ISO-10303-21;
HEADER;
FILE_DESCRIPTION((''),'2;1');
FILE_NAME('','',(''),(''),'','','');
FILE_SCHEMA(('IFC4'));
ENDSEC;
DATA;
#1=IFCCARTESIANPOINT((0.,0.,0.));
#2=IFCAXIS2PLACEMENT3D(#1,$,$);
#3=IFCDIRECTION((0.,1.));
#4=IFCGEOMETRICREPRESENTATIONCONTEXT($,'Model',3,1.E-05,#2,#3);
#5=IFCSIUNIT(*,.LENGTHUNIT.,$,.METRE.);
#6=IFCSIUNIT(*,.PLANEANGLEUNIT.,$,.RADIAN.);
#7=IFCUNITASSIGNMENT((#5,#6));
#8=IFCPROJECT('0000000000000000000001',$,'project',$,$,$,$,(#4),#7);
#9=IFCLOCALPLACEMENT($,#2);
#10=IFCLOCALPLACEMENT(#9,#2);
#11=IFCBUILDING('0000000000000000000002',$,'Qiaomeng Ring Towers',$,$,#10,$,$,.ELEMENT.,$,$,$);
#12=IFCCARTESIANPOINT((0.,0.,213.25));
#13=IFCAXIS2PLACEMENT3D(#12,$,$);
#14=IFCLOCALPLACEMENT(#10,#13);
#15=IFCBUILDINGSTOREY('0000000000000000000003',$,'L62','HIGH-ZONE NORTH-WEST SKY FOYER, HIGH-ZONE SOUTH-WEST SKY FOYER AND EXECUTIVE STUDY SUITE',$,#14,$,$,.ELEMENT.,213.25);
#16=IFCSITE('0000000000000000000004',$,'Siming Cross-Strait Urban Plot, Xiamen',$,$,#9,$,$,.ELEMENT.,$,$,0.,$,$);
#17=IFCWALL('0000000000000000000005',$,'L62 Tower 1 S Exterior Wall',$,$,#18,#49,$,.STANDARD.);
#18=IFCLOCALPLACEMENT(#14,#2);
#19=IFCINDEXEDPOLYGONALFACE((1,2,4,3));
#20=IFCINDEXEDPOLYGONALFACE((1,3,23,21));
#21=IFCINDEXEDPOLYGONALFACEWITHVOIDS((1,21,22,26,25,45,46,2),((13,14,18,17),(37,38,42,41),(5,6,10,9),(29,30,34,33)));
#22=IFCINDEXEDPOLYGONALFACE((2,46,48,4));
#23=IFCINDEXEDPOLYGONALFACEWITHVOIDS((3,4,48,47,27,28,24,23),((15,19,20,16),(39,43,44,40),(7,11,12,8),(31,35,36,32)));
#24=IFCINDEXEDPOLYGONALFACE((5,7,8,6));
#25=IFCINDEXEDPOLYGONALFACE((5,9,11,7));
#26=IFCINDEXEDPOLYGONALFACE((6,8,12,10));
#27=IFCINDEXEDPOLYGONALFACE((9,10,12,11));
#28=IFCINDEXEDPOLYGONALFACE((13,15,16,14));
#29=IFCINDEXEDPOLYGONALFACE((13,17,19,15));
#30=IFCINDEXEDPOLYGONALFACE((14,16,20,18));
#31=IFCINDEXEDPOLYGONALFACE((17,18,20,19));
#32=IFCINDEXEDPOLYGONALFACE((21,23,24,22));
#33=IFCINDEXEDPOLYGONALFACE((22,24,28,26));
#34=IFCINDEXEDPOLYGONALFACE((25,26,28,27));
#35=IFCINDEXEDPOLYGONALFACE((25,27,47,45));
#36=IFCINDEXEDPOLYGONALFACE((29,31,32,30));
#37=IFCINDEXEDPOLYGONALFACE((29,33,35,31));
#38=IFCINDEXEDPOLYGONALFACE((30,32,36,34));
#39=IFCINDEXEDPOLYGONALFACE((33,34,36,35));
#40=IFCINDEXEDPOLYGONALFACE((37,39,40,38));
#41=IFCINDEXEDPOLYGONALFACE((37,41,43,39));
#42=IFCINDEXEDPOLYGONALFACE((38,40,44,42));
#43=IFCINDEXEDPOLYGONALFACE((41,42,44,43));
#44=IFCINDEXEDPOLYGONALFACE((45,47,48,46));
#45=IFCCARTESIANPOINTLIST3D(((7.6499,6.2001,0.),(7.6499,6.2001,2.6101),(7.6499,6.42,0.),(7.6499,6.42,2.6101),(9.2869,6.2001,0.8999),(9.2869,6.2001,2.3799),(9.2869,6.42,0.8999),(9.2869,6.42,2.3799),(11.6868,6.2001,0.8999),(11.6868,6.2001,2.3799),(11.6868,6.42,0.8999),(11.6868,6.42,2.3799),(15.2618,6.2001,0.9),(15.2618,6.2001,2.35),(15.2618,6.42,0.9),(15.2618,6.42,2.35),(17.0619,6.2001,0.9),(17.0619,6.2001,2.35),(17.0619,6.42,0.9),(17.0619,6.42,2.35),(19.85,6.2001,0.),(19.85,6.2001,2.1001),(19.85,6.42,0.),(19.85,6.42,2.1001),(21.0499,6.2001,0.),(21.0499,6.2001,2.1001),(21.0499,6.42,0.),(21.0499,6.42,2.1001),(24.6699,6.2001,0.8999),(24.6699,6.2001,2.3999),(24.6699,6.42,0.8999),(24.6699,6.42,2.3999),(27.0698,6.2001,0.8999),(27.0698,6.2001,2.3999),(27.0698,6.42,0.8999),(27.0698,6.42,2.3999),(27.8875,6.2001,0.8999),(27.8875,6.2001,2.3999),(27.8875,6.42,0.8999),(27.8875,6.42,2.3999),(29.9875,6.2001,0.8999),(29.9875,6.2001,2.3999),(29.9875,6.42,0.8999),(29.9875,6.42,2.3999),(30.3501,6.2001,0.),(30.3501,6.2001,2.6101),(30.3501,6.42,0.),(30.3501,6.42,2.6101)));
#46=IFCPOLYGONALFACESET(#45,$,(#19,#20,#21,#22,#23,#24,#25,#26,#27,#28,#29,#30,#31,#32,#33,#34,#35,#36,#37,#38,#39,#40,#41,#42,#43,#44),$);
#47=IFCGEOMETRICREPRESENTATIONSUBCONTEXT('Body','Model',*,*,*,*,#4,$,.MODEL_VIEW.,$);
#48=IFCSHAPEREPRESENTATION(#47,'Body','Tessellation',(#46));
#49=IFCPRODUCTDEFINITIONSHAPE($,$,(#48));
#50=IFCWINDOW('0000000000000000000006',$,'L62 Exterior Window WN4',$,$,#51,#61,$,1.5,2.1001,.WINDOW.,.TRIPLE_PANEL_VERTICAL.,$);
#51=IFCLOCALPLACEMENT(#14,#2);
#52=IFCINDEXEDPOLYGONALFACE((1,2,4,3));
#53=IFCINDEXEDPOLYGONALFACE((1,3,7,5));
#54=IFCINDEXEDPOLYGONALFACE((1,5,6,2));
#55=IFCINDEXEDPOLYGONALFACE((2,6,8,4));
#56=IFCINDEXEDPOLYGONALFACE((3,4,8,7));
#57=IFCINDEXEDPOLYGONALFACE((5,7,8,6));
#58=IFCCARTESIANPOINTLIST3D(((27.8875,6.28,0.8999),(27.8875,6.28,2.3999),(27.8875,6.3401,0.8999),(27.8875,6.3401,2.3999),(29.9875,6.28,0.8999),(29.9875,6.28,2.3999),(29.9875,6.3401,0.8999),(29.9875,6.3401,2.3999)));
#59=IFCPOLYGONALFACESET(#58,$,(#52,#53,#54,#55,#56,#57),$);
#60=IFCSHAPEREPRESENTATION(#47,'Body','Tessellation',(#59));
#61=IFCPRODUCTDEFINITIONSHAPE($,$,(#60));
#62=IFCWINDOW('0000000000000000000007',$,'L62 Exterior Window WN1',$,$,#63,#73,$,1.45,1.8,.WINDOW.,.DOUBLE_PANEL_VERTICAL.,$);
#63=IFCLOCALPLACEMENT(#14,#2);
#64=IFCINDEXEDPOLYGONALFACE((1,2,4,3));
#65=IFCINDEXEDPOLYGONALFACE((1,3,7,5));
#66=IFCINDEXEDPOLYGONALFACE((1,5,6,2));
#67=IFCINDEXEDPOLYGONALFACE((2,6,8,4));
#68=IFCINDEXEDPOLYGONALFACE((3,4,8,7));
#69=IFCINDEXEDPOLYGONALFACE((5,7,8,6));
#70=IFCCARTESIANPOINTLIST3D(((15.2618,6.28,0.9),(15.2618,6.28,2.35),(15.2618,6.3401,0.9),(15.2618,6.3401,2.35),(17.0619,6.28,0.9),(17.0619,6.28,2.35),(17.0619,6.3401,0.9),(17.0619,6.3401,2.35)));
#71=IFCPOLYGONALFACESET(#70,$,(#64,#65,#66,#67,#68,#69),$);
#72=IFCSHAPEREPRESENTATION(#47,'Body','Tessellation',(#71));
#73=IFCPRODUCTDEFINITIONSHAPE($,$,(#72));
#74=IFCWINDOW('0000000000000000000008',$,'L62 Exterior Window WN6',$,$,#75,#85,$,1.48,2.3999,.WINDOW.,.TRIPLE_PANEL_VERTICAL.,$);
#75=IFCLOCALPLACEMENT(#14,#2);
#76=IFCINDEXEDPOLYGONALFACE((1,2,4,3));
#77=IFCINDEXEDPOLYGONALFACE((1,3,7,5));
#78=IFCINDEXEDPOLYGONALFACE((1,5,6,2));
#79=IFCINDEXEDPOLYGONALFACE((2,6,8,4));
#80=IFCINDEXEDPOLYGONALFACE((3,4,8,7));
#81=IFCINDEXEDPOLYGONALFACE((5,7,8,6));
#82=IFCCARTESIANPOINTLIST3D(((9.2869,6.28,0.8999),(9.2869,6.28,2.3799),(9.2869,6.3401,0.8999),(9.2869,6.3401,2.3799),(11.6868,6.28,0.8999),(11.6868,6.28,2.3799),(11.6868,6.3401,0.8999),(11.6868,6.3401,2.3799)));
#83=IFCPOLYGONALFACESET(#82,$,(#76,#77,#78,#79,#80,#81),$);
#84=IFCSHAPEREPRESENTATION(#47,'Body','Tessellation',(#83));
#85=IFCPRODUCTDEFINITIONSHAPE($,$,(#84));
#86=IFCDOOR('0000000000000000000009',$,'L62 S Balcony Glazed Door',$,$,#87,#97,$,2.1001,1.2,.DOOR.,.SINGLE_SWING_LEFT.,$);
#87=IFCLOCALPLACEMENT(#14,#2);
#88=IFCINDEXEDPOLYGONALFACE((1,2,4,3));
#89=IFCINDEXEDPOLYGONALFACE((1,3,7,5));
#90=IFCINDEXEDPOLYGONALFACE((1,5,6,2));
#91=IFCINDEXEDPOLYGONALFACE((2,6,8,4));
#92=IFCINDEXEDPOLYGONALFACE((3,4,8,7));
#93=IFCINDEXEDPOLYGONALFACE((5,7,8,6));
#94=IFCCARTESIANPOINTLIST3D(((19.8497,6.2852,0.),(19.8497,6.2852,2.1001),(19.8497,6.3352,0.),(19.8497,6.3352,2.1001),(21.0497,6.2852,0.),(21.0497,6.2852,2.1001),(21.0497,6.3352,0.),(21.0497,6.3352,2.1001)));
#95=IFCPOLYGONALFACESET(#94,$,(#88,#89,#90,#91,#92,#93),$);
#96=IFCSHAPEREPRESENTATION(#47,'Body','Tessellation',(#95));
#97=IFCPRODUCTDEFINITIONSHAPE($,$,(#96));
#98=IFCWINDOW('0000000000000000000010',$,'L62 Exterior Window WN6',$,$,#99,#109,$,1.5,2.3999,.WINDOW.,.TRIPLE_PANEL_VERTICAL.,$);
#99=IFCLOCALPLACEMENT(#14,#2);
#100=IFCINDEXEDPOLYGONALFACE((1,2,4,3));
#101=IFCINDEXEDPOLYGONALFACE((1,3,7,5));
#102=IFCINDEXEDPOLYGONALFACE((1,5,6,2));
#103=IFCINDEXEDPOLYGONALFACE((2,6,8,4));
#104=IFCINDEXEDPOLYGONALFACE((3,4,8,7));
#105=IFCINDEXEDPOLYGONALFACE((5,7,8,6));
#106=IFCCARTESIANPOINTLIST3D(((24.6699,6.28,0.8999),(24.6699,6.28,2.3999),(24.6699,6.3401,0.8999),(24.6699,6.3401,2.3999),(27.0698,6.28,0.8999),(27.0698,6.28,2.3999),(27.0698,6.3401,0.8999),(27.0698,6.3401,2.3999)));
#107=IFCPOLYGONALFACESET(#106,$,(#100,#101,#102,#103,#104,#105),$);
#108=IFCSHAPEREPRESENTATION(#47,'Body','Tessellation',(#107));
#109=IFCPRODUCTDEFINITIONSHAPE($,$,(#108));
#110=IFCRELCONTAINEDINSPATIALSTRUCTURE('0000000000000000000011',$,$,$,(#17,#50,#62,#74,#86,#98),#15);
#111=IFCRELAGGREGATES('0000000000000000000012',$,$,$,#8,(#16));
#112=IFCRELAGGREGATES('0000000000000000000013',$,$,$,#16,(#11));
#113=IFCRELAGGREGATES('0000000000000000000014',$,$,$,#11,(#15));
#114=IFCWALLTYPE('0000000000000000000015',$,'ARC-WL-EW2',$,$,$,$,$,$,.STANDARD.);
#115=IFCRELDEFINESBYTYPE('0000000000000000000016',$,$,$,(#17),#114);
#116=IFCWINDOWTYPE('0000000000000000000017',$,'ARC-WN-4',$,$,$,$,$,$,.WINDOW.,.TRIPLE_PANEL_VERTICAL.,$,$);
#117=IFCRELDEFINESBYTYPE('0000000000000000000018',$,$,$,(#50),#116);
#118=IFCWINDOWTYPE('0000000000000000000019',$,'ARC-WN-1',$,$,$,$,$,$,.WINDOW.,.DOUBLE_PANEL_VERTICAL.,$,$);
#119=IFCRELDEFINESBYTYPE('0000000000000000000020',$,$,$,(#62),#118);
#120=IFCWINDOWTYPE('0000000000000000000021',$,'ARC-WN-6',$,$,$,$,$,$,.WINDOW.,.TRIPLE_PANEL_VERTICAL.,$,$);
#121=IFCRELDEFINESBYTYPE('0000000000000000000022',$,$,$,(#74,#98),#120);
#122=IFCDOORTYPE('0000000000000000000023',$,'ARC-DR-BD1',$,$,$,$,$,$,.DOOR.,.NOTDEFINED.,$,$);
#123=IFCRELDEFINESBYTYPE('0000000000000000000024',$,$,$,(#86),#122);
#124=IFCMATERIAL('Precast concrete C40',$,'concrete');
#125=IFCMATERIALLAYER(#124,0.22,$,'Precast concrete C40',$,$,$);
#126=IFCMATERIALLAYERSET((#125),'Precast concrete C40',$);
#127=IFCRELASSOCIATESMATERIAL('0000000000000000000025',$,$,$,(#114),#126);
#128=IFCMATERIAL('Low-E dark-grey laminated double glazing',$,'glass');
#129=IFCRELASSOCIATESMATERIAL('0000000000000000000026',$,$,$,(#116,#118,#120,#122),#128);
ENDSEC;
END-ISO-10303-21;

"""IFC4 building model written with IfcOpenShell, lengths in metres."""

from ifc_helpers import new_model, si_unit, direction, frame, frame_2d, origin, place, context, subcontext, project, spatial, rectangle, extrude, source, transform, mapped, material, layer, layer_set, type_object, element, fill, save


model = new_model("IFC4")

# Units and contexts
model_context = context("Model", 3, precision=1e-05, world=origin(), true_north=direction((0.0, 1.0)))
body_context = subcontext(model_context, "Body", "Model", "MODEL_VIEW")
ifc_project = project(units=[si_unit("LENGTHUNIT", "METRE"), si_unit("PLANEANGLEUNIT", "RADIAN")], contexts=[model_context])

# Site, building, storey
site_placement = place(None, origin())
site = spatial("IfcSite", under=ifc_project, at=site_placement, Name="Siming Cross-Strait Urban Plot, Xiamen", CompositionType="ELEMENT", RefElevation=0.0)
building_placement = place(site_placement, origin())
building = spatial("IfcBuilding", under=site, at=building_placement, Name="Qiaomeng Ring Towers", CompositionType="ELEMENT")
storey_placement = place(building_placement, frame((0.0, 0.0, 213.25)))
storey = spatial("IfcBuildingStorey", under=building, at=storey_placement, Name="L62", Description="HIGH-ZONE NORTH-WEST SKY FOYER, HIGH-ZONE SOUTH-WEST SKY FOYER AND EXECUTIVE STUDY SUITE", CompositionType="ELEMENT", Elevation=213.25)

# Shared definitions
ifc_material_1 = material(Name="Low-E dark-grey laminated double glazing", Category="glass")

# Wall, openings, windows, door
ifc_material_2 = material(Name="Precast concrete C40", Category="concrete")
ifc_layer_1 = layer(ifc_material_2, 0.22, Name="Precast concrete C40")
ifc_layer_set_1 = layer_set([ifc_layer_1], Name="Precast concrete C40")
wall_type = type_object("IfcWallType", Name="ARC-WL-EW2", PredefinedType="STANDARD", material=ifc_layer_set_1)
wall_placement = place(storey_placement, frame((7.6499, 6.3101, 0.0), z_axis=(0.0, 0.0, 1.0), x_axis=(1.0, 0.0, 0.0)))
wall = element("IfcWall", 1, at=wall_placement, inside=storey, type_object=wall_type, Name="L62 Tower 1 S Exterior Wall", PredefinedType="STANDARD", context=body_context, shape_type="SweptSolid", body=[
    extrude(rectangle(XDim=22.7002, YDim=0.22, at=frame_2d((11.3501, 0.0))), origin(), (0.0, 0.0, 1.0), 2.6101),
])
opening_1_placement = place(wall_placement, frame((12.2, 0.0, 0.0)))
opening_1 = element("IfcOpeningElement", 2, at=opening_1_placement, cuts=wall, PredefinedType="OPENING", context=body_context, shape_type="SweptSolid", body=[
    extrude(rectangle(XDim=1.2, YDim=2.1001, at=frame_2d((0.6001, 1.05))), frame((0.0, 0.1199, 0.0), z_axis=(0.0, -1.0, 0.0), x_axis=(1.0, 0.0, 0.0)), (0.0, 0.0, 1.0), 0.24),
])
opening_2_placement = place(wall_placement, frame((1.637, 0.0, 0.8999)))
opening_2 = element("IfcOpeningElement", 3, at=opening_2_placement, cuts=wall, PredefinedType="OPENING", context=body_context, shape_type="SweptSolid", body=[
    extrude(rectangle(XDim=2.3999, YDim=1.48, at=frame_2d((1.2, 0.74))), frame((0.0, 0.1199, 0.0), z_axis=(0.0, -1.0, 0.0), x_axis=(1.0, 0.0, 0.0)), (0.0, 0.0, 1.0), 0.24),
])
opening_3_placement = place(wall_placement, frame((7.6121, 0.0, 0.8999)))
opening_3 = element("IfcOpeningElement", 4, at=opening_3_placement, cuts=wall, PredefinedType="OPENING", context=body_context, shape_type="SweptSolid", body=[
    extrude(rectangle(XDim=1.8, YDim=1.45, at=frame_2d((0.8999, 0.7251))), frame((0.0, 0.1199, 0.0), z_axis=(0.0, -1.0, 0.0), x_axis=(1.0, 0.0, 0.0)), (0.0, 0.0, 1.0), 0.24),
])
opening_4_placement = place(wall_placement, frame((20.2375, 0.0, 0.8999)))
opening_4 = element("IfcOpeningElement", 5, at=opening_4_placement, cuts=wall, PredefinedType="OPENING", context=body_context, shape_type="SweptSolid", body=[
    extrude(rectangle(XDim=2.1001, YDim=1.5, at=frame_2d((1.05, 0.75))), frame((0.0, 0.1199, 0.0), z_axis=(0.0, -1.0, 0.0), x_axis=(1.0, 0.0, 0.0)), (0.0, 0.0, 1.0), 0.24),
])
opening_5_placement = place(wall_placement, frame((17.02, 0.0, 0.8999)))
opening_5 = element("IfcOpeningElement", 6, at=opening_5_placement, cuts=wall, PredefinedType="OPENING", context=body_context, shape_type="SweptSolid", body=[
    extrude(rectangle(XDim=2.3999, YDim=1.5, at=frame_2d((1.2, 0.75))), frame((0.0, 0.1199, 0.0), z_axis=(0.0, -1.0, 0.0), x_axis=(1.0, 0.0, 0.0)), (0.0, 0.0, 1.0), 0.24),
])
window_type_1 = type_object("IfcWindowType", Name="ARC-WN-4", PartitioningType="TRIPLE_PANEL_VERTICAL", PredefinedType="WINDOW", material=ifc_material_1)
shared_shape_1 = source(origin(), body_context, "Body", "SweptSolid", [
    extrude(rectangle(XDim=2.1001, YDim=1.5, at=frame_2d((1.05, 0.75))), frame((0.0, 0.03, 0.0), z_axis=(0.0, -1.0, 0.0), x_axis=(1.0, 0.0, 0.0)), (0.0, 0.0, 1.0), 0.0601),
])
window_1_placement = place(opening_4_placement, origin())
window_1 = element("IfcWindow", 7, at=window_1_placement, inside=storey, type_object=window_type_1, Name="L62 Exterior Window WN4", OverallHeight=1.5, OverallWidth=2.1001, PartitioningType="TRIPLE_PANEL_VERTICAL", PredefinedType="WINDOW", context=body_context, shape_type="MappedRepresentation", body=[
    mapped(shared_shape_1, transform((0.0, 0.0, 0.0), x_axis=(1.0, 0.0, 0.0), y_axis=(0.0, 1.0, 0.0), z_axis=(0.0, 0.0, 1.0), scale=1.0)),
])
fill(opening_4, window_1)
window_type_2 = type_object("IfcWindowType", Name="ARC-WN-1", PartitioningType="DOUBLE_PANEL_VERTICAL", PredefinedType="WINDOW", material=ifc_material_1)
shared_shape_2 = source(origin(), body_context, "Body", "SweptSolid", [
    extrude(rectangle(XDim=1.8, YDim=1.45, at=frame_2d((0.8999, 0.7251))), frame((0.0, 0.03, 0.0), z_axis=(0.0, -1.0, 0.0), x_axis=(1.0, 0.0, 0.0)), (0.0, 0.0, 1.0), 0.0601),
])
window_2_placement = place(opening_3_placement, origin())
window_2 = element("IfcWindow", 8, at=window_2_placement, inside=storey, type_object=window_type_2, Name="L62 Exterior Window WN1", OverallHeight=1.45, OverallWidth=1.8, PartitioningType="DOUBLE_PANEL_VERTICAL", PredefinedType="WINDOW", context=body_context, shape_type="MappedRepresentation", body=[
    mapped(shared_shape_2, transform((0.0, 0.0, 0.0), x_axis=(1.0, 0.0, 0.0), y_axis=(0.0, 1.0, 0.0), z_axis=(0.0, 0.0, 1.0), scale=1.0)),
])
fill(opening_3, window_2)
window_type_3 = type_object("IfcWindowType", Name="ARC-WN-6", PartitioningType="TRIPLE_PANEL_VERTICAL", PredefinedType="WINDOW", material=ifc_material_1)
shared_shape_3 = source(origin(), body_context, "Body", "SweptSolid", [
    extrude(rectangle(XDim=2.3999, YDim=1.48, at=frame_2d((1.2, 0.74))), frame((0.0, 0.03, 0.0), z_axis=(0.0, -1.0, 0.0), x_axis=(1.0, 0.0, 0.0)), (0.0, 0.0, 1.0), 0.0601),
])
window_3_placement = place(opening_2_placement, origin())
window_3 = element("IfcWindow", 9, at=window_3_placement, inside=storey, type_object=window_type_3, Name="L62 Exterior Window WN6", OverallHeight=1.48, OverallWidth=2.3999, PartitioningType="TRIPLE_PANEL_VERTICAL", PredefinedType="WINDOW", context=body_context, shape_type="MappedRepresentation", body=[
    mapped(shared_shape_3, transform((0.0, 0.0, 0.0), x_axis=(1.0, 0.0, 0.0), y_axis=(0.0, 1.0, 0.0), z_axis=(0.0, 0.0, 1.0), scale=1.0)),
])
fill(opening_2, window_3)
door_type = type_object("IfcDoorType", Name="ARC-DR-BD1", OperationType="NOTDEFINED", PredefinedType="DOOR", material=ifc_material_1)
shared_shape_4 = source(origin(), body_context, "Body", "SweptSolid", [
    extrude(rectangle(XDim=1.2, YDim=2.1001, at=frame_2d((0.6001, 1.05))), frame((0.0, 0.0249, 0.0), z_axis=(0.0, -1.0, 0.0), x_axis=(1.0, 0.0, 0.0)), (0.0, 0.0, 1.0), 0.05),
])
door_placement = place(opening_1_placement, frame((1.2, 0.0, 0.0), z_axis=(0.0, 0.0, 1.0), x_axis=(-1.0, 0.0, 0.0)))
door = element("IfcDoor", 10, at=door_placement, inside=storey, type_object=door_type, Name="L62 S Balcony Glazed Door", OperationType="SINGLE_SWING_LEFT", OverallHeight=2.1001, OverallWidth=1.2, PredefinedType="DOOR", context=body_context, shape_type="MappedRepresentation", body=[
    mapped(shared_shape_4, transform((0.0, 0.0, 0.0), x_axis=(1.0, 0.0, 0.0), y_axis=(0.0, 1.0, 0.0), z_axis=(0.0, 0.0, 1.0), scale=1.0)),
])
fill(opening_1, door)
shared_shape_5 = source(origin(), body_context, "Body", "SweptSolid", [
    extrude(rectangle(XDim=2.3999, YDim=1.5, at=frame_2d((1.2, 0.75))), frame((0.0, 0.03, 0.0), z_axis=(0.0, -1.0, 0.0), x_axis=(1.0, 0.0, 0.0)), (0.0, 0.0, 1.0), 0.0601),
])
window_4_placement = place(opening_5_placement, origin())
window_4 = element("IfcWindow", 11, at=window_4_placement, inside=storey, type_object=window_type_3, Name="L62 Exterior Window WN6", OverallHeight=1.5, OverallWidth=2.3999, PartitioningType="TRIPLE_PANEL_VERTICAL", PredefinedType="WINDOW", context=body_context, shape_type="MappedRepresentation", body=[
    mapped(shared_shape_5, transform((0.0, 0.0, 0.0), x_axis=(1.0, 0.0, 0.0), y_axis=(0.0, 1.0, 0.0), z_axis=(0.0, 0.0, 1.0), scale=1.0)),
])
fill(opening_5, window_4)

save(model, "model.ifc")
